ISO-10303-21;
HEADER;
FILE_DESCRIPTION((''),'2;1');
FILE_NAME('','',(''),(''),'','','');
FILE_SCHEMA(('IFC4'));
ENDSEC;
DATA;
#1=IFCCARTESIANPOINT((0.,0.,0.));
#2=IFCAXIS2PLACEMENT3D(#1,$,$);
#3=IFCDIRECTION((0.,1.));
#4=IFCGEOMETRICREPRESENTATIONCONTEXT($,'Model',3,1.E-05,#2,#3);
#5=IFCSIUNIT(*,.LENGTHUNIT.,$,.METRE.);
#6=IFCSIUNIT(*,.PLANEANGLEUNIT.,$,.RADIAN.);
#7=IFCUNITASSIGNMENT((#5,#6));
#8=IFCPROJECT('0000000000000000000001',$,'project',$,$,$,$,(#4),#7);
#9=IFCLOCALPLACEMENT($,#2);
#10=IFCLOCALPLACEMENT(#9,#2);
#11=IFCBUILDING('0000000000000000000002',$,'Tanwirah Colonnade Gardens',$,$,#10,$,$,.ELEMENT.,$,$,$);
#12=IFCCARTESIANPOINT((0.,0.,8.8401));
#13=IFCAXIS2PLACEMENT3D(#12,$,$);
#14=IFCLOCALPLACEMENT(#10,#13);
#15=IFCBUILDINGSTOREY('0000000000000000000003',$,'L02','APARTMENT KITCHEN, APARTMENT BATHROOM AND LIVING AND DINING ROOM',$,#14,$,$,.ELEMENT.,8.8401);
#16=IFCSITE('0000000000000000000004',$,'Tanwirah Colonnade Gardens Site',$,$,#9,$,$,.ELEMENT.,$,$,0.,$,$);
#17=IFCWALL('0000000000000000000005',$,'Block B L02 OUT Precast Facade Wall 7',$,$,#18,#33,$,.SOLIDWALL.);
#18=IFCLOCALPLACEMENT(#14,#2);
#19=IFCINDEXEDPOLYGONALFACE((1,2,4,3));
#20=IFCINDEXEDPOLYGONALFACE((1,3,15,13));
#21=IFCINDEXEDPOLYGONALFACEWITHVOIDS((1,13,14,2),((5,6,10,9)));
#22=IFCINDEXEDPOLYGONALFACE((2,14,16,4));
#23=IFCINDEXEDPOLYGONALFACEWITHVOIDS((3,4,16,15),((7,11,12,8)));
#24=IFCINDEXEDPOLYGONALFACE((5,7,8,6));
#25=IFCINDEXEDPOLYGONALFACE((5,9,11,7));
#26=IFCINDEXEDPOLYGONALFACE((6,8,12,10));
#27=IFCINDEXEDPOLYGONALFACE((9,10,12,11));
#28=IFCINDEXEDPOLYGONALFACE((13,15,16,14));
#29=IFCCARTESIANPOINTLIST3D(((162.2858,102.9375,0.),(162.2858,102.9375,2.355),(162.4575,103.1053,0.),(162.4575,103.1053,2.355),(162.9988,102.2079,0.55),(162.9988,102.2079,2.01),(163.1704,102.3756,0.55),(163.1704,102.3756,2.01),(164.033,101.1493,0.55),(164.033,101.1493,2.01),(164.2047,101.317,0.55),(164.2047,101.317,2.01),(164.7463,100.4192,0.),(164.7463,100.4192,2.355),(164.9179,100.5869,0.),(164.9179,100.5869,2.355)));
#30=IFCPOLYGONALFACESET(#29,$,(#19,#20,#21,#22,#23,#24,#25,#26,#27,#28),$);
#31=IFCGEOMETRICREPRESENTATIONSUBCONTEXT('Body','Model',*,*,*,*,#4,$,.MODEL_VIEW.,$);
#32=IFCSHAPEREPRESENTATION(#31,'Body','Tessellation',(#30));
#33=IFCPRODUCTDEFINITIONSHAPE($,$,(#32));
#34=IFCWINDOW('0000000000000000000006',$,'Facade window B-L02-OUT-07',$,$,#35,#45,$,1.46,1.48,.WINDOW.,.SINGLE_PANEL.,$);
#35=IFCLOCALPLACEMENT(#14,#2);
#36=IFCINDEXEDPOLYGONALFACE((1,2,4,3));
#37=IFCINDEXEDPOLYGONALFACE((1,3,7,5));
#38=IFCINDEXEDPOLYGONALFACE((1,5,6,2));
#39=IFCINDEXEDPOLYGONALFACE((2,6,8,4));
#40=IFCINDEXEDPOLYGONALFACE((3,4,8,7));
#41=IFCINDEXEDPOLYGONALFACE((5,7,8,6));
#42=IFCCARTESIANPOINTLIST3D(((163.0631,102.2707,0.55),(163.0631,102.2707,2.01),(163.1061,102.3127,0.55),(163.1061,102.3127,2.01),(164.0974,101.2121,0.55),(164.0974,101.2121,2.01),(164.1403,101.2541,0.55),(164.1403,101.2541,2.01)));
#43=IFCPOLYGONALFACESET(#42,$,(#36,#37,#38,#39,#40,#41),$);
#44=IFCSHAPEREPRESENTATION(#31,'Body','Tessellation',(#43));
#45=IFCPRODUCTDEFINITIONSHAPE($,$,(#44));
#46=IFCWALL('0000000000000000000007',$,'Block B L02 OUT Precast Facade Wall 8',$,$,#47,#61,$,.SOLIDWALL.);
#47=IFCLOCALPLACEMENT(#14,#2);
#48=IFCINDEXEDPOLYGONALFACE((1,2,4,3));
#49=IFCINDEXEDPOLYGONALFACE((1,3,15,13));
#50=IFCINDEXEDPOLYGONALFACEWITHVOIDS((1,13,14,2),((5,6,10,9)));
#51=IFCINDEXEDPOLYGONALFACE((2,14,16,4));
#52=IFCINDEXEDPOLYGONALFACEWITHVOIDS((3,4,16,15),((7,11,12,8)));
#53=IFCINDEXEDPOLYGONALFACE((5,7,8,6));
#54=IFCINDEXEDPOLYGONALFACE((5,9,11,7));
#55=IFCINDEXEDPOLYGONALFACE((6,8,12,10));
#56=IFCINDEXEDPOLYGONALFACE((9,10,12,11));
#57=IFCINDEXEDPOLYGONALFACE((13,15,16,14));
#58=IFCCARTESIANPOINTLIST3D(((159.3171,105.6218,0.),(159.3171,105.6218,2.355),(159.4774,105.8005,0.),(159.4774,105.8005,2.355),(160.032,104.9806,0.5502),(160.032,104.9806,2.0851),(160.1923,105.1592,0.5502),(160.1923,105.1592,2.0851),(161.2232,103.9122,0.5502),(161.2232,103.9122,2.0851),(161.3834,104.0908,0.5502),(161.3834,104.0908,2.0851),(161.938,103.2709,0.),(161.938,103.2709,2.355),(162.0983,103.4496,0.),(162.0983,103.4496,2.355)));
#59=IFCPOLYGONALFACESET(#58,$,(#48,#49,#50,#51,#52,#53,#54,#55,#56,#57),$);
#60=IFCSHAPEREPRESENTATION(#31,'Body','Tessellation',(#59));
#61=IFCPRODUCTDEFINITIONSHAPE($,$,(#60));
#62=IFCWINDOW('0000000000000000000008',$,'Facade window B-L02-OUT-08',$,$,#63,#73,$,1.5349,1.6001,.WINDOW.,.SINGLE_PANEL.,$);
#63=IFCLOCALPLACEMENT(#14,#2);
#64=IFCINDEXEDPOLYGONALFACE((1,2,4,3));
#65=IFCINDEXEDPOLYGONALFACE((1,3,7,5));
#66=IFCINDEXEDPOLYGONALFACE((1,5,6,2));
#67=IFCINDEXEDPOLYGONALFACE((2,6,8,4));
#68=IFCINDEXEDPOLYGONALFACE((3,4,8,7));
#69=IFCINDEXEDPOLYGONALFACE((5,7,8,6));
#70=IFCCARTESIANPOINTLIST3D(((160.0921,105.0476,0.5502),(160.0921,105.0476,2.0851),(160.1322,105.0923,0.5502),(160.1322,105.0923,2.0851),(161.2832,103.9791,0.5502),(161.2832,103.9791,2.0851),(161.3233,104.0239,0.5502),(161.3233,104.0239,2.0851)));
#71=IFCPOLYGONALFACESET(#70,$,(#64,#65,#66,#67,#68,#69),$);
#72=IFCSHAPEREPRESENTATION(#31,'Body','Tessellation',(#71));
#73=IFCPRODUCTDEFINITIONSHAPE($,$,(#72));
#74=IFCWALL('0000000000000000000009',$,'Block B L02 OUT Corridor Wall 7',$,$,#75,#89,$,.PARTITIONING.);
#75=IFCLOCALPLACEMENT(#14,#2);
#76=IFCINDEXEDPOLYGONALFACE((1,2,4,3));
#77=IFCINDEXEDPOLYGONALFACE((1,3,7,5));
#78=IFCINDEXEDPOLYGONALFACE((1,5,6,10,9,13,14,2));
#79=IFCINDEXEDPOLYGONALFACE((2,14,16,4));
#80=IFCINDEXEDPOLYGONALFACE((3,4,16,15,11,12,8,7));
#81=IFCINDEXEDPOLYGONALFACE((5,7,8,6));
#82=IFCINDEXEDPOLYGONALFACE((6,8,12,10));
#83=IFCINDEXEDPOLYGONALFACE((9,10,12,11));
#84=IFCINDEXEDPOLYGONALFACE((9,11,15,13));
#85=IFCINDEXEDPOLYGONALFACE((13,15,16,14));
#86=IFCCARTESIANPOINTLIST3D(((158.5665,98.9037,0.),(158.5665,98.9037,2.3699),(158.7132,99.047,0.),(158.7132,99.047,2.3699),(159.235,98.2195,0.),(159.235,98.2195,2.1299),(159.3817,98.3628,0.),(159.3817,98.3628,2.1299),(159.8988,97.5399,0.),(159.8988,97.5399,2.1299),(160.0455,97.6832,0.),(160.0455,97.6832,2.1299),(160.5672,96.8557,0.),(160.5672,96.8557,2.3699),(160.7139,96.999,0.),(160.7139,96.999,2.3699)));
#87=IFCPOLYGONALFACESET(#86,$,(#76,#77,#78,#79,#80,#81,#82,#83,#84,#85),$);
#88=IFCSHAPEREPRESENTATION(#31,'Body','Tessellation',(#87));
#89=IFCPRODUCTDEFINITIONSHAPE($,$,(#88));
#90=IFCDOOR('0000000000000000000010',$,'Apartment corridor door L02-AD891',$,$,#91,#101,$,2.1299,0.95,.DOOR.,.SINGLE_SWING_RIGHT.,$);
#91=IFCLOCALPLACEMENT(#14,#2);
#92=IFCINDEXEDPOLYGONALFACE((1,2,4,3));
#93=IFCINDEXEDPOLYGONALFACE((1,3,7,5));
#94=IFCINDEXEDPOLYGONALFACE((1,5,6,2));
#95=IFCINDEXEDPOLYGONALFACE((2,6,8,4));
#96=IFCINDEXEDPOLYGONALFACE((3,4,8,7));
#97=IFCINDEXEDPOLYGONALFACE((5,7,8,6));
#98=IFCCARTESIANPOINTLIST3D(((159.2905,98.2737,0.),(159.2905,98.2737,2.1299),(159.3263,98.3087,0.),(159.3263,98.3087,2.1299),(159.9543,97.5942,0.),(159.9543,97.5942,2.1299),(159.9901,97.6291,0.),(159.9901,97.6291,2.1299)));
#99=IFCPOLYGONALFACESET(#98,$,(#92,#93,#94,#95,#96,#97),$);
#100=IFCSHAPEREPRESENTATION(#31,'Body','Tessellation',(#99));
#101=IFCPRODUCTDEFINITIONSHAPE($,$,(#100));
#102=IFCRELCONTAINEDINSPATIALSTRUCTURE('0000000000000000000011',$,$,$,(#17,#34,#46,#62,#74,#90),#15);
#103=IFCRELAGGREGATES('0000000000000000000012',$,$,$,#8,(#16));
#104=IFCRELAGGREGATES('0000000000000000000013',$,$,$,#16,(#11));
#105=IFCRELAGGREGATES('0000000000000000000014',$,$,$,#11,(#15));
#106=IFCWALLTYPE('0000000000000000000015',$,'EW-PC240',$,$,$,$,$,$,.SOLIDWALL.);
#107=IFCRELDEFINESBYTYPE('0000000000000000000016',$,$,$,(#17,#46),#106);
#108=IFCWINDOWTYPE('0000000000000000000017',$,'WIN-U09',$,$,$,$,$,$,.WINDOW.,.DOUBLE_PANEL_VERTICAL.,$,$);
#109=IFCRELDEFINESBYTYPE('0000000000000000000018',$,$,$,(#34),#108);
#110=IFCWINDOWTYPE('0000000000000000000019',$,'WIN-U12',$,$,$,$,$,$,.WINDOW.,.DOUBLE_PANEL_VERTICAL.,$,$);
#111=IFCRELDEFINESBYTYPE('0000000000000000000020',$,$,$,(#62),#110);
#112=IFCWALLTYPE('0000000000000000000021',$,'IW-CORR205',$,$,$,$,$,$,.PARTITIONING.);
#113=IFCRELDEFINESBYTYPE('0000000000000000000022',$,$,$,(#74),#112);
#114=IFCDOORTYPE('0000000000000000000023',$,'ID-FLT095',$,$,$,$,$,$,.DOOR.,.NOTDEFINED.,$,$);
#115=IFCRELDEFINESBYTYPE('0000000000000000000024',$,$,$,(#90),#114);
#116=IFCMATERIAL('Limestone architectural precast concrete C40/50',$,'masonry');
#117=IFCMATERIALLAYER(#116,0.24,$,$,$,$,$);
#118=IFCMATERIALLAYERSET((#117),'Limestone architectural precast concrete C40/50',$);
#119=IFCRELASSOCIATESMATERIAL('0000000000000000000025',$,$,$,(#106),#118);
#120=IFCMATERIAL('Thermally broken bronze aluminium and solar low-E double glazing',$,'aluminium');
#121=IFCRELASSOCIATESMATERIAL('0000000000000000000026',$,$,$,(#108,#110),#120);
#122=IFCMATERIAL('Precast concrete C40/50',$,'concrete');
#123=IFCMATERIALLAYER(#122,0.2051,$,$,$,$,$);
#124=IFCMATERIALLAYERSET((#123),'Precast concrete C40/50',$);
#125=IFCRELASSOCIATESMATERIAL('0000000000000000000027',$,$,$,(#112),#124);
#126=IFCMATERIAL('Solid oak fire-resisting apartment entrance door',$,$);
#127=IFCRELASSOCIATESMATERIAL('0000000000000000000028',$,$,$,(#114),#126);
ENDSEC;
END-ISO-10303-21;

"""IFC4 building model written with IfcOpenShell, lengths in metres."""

from ifc_helpers import new_model, si_unit, direction, frame, frame_2d, origin, place, context, subcontext, project, spatial, rectangle, extrude, material, layer, layer_set, type_object, element, fill, save


model = new_model("IFC4")

# Units and contexts
model_context = context("Model", 3, precision=1e-05, world=origin(), true_north=direction((0.0, 1.0)))
body_context = subcontext(model_context, "Body", "Model", "MODEL_VIEW")
ifc_project = project(units=[si_unit("LENGTHUNIT", "METRE"), si_unit("PLANEANGLEUNIT", "RADIAN")], contexts=[model_context])

# Site, building, storey
site_placement = place(None, origin())
site = spatial("IfcSite", under=ifc_project, at=site_placement, Name="Tanwirah Colonnade Gardens Site", CompositionType="ELEMENT", RefElevation=0.0)
building_placement = place(site_placement, origin())
building = spatial("IfcBuilding", under=site, at=building_placement, Name="Tanwirah Colonnade Gardens", CompositionType="ELEMENT")
storey_placement = place(building_placement, frame((0.0, 0.0, 8.8401)))
storey = spatial("IfcBuildingStorey", under=building, at=storey_placement, Name="L02", Description="APARTMENT KITCHEN, APARTMENT BATHROOM AND LIVING AND DINING ROOM", CompositionType="ELEMENT", Elevation=8.8401)

# Shared definitions
ifc_material_1 = material(Name="Precast concrete C40/50", Category="concrete")

# Shared definitions
ifc_material_2 = material(Name="Limestone architectural precast concrete C40/50", Category="masonry")
ifc_layer_1 = layer(ifc_material_2, 0.24)
ifc_layer_set_1 = layer_set([ifc_layer_1], Name="Limestone architectural precast concrete C40/50")
wall_type_1 = type_object("IfcWallType", Name="EW-PC240", PredefinedType="SOLIDWALL", material=ifc_layer_set_1)

# Walls, openings, windows
wall_1_placement = place(storey_placement, frame((164.832, 100.5032, 0.0), z_axis=(0.0, 0.0, 1.0), x_axis=(-0.698842, 0.715276, 0.0)))
wall_1 = element("IfcWall", 1, at=wall_1_placement, inside=storey, type_object=wall_type_1, Name="Block B L02 OUT Precast Facade Wall 7", PredefinedType="SOLIDWALL", context=body_context, shape_type="SweptSolid", body=[
    extrude(rectangle(XDim=3.5208, YDim=0.24, at=frame_2d((1.7603, 0.0))), origin(), (0.0, 0.0, 1.0), 2.355),
])
opening_1_placement = place(wall_1_placement, frame((1.0205, 0.0, 0.55)))
opening_1 = element("IfcOpeningElement", 2, at=opening_1_placement, cuts=wall_1, PredefinedType="OPENING", context=body_context, shape_type="SweptSolid", body=[
    extrude(rectangle(XDim=1.48, YDim=1.46, at=frame_2d((0.74, 0.73))), frame((0.0, 0.1299, 0.0), z_axis=(0.0, -1.0, 0.0), x_axis=(1.0, 0.0, 0.0)), (0.0, 0.0, 1.0), 0.26),
])
ifc_material_3 = material(Name="Thermally broken bronze aluminium and solar low-E double glazing", Category="aluminium")
window_type_1 = type_object("IfcWindowType", Name="WIN-U09", PartitioningType="DOUBLE_PANEL_VERTICAL", PredefinedType="WINDOW", material=ifc_material_3)
window_1_placement = place(opening_1_placement, origin())
window_1 = element("IfcWindow", 3, at=window_1_placement, inside=storey, type_object=window_type_1, Name="Facade window B-L02-OUT-07", OverallHeight=1.46, OverallWidth=1.48, PartitioningType="SINGLE_PANEL", PredefinedType="WINDOW", context=body_context, shape_type="SweptSolid", body=[
    extrude(rectangle(XDim=1.48, YDim=1.46, at=frame_2d((0.74, 0.73))), frame((0.0, 0.03, 0.0), z_axis=(0.0, -1.0, 0.0), x_axis=(1.0, 0.0, 0.0)), (0.0, 0.0, 1.0), 0.0601),
])
fill(opening_1, window_1)
wall_2_placement = place(storey_placement, frame((162.0181, 103.3604, 0.0), z_axis=(0.0, 0.0, 1.0), x_axis=(-0.744414, 0.667719, 0.0)))
wall_2 = element("IfcWall", 4, at=wall_2_placement, inside=storey, type_object=wall_type_1, Name="Block B L02 OUT Precast Facade Wall 8", PredefinedType="SOLIDWALL", context=body_context, shape_type="SweptSolid", body=[
    extrude(rectangle(XDim=3.5208, YDim=0.24, at=frame_2d((1.7603, 0.0))), origin(), (0.0, 0.0, 1.0), 2.355),
])
opening_2_placement = place(wall_2_placement, frame((0.9602, 0.0, 0.55)))
opening_2 = element("IfcOpeningElement", 5, at=opening_2_placement, cuts=wall_2, PredefinedType="OPENING", context=body_context, shape_type="SweptSolid", body=[
    extrude(rectangle(XDim=1.6001, YDim=1.5349, at=frame_2d((0.8, 0.7676))), frame((0.0, 0.1299, 0.0), z_axis=(0.0, -1.0, 0.0), x_axis=(1.0, 0.0, 0.0)), (0.0, 0.0, 1.0), 0.26),
])
window_type_2 = type_object("IfcWindowType", Name="WIN-U12", PartitioningType="DOUBLE_PANEL_VERTICAL", PredefinedType="WINDOW", material=ifc_material_3)
window_2_placement = place(opening_2_placement, origin())
window_2 = element("IfcWindow", 6, at=window_2_placement, inside=storey, type_object=window_type_2, Name="Facade window B-L02-OUT-08", OverallHeight=1.5349, OverallWidth=1.6001, PartitioningType="SINGLE_PANEL", PredefinedType="WINDOW", context=body_context, shape_type="SweptSolid", body=[
    extrude(rectangle(XDim=1.6001, YDim=1.5349, at=frame_2d((0.8, 0.7676))), frame((0.0, 0.03, 0.0), z_axis=(0.0, -1.0, 0.0), x_axis=(1.0, 0.0, 0.0)), (0.0, 0.0, 1.0), 0.0601),
])
fill(opening_2, window_2)

# Wall, opening, door
ifc_layer_2 = layer(ifc_material_1, 0.2051)
ifc_layer_set_2 = layer_set([ifc_layer_2], Name="Precast concrete C40/50")
wall_type_2 = type_object("IfcWallType", Name="IW-CORR205", PredefinedType="PARTITIONING", material=ifc_layer_set_2)
wall_3_placement = place(storey_placement, frame((160.6406, 96.9272, 0.0), z_axis=(0.0, 0.0, 1.0), x_axis=(-0.698787, 0.71533, 0.0)))
wall_3 = element("IfcWall", 7, at=wall_3_placement, inside=storey, type_object=wall_type_2, Name="Block B L02 OUT Corridor Wall 7", PredefinedType="PARTITIONING", context=body_context, shape_type="SweptSolid", body=[
    extrude(rectangle(XDim=2.863, YDim=0.2051, at=frame_2d((1.4316, 0.0))), origin(), (0.0, 0.0, 1.0), 2.3699),
])
opening_3_placement = place(wall_3_placement, frame((0.9565, 0.0, 0.0)))
opening_3 = element("IfcOpeningElement", 8, at=opening_3_placement, cuts=wall_3, PredefinedType="OPENING", context=body_context, shape_type="SweptSolid", body=[
    extrude(rectangle(XDim=0.95, YDim=2.1299, at=frame_2d((0.4751, 1.0649))), frame((0.0, 0.1125, 0.0), z_axis=(0.0, -1.0, 0.0), x_axis=(1.0, 0.0, 0.0)), (0.0, 0.0, 1.0), 0.2251),
])
ifc_material_4 = material(Name="Solid oak fire-resisting apartment entrance door")
door_type_1 = type_object("IfcDoorType", Name="ID-FLT095", OperationType="NOTDEFINED", PredefinedType="DOOR", material=ifc_material_4)
door_1_placement = place(opening_3_placement, origin())
door_1 = element("IfcDoor", 9, at=door_1_placement, inside=storey, type_object=door_type_1, Name="Apartment corridor door L02-AD891", OperationType="SINGLE_SWING_RIGHT", OverallHeight=2.1299, OverallWidth=0.95, PredefinedType="DOOR", context=body_context, shape_type="SweptSolid", body=[
    extrude(rectangle(XDim=0.95, YDim=2.1299, at=frame_2d((0.4751, 1.0649))), frame((0.0, 0.0249, 0.0), z_axis=(0.0, -1.0, 0.0), x_axis=(1.0, 0.0, 0.0)), (0.0, 0.0, 1.0), 0.05),
])
fill(opening_3, door_1)

save(model, "model.ifc")
